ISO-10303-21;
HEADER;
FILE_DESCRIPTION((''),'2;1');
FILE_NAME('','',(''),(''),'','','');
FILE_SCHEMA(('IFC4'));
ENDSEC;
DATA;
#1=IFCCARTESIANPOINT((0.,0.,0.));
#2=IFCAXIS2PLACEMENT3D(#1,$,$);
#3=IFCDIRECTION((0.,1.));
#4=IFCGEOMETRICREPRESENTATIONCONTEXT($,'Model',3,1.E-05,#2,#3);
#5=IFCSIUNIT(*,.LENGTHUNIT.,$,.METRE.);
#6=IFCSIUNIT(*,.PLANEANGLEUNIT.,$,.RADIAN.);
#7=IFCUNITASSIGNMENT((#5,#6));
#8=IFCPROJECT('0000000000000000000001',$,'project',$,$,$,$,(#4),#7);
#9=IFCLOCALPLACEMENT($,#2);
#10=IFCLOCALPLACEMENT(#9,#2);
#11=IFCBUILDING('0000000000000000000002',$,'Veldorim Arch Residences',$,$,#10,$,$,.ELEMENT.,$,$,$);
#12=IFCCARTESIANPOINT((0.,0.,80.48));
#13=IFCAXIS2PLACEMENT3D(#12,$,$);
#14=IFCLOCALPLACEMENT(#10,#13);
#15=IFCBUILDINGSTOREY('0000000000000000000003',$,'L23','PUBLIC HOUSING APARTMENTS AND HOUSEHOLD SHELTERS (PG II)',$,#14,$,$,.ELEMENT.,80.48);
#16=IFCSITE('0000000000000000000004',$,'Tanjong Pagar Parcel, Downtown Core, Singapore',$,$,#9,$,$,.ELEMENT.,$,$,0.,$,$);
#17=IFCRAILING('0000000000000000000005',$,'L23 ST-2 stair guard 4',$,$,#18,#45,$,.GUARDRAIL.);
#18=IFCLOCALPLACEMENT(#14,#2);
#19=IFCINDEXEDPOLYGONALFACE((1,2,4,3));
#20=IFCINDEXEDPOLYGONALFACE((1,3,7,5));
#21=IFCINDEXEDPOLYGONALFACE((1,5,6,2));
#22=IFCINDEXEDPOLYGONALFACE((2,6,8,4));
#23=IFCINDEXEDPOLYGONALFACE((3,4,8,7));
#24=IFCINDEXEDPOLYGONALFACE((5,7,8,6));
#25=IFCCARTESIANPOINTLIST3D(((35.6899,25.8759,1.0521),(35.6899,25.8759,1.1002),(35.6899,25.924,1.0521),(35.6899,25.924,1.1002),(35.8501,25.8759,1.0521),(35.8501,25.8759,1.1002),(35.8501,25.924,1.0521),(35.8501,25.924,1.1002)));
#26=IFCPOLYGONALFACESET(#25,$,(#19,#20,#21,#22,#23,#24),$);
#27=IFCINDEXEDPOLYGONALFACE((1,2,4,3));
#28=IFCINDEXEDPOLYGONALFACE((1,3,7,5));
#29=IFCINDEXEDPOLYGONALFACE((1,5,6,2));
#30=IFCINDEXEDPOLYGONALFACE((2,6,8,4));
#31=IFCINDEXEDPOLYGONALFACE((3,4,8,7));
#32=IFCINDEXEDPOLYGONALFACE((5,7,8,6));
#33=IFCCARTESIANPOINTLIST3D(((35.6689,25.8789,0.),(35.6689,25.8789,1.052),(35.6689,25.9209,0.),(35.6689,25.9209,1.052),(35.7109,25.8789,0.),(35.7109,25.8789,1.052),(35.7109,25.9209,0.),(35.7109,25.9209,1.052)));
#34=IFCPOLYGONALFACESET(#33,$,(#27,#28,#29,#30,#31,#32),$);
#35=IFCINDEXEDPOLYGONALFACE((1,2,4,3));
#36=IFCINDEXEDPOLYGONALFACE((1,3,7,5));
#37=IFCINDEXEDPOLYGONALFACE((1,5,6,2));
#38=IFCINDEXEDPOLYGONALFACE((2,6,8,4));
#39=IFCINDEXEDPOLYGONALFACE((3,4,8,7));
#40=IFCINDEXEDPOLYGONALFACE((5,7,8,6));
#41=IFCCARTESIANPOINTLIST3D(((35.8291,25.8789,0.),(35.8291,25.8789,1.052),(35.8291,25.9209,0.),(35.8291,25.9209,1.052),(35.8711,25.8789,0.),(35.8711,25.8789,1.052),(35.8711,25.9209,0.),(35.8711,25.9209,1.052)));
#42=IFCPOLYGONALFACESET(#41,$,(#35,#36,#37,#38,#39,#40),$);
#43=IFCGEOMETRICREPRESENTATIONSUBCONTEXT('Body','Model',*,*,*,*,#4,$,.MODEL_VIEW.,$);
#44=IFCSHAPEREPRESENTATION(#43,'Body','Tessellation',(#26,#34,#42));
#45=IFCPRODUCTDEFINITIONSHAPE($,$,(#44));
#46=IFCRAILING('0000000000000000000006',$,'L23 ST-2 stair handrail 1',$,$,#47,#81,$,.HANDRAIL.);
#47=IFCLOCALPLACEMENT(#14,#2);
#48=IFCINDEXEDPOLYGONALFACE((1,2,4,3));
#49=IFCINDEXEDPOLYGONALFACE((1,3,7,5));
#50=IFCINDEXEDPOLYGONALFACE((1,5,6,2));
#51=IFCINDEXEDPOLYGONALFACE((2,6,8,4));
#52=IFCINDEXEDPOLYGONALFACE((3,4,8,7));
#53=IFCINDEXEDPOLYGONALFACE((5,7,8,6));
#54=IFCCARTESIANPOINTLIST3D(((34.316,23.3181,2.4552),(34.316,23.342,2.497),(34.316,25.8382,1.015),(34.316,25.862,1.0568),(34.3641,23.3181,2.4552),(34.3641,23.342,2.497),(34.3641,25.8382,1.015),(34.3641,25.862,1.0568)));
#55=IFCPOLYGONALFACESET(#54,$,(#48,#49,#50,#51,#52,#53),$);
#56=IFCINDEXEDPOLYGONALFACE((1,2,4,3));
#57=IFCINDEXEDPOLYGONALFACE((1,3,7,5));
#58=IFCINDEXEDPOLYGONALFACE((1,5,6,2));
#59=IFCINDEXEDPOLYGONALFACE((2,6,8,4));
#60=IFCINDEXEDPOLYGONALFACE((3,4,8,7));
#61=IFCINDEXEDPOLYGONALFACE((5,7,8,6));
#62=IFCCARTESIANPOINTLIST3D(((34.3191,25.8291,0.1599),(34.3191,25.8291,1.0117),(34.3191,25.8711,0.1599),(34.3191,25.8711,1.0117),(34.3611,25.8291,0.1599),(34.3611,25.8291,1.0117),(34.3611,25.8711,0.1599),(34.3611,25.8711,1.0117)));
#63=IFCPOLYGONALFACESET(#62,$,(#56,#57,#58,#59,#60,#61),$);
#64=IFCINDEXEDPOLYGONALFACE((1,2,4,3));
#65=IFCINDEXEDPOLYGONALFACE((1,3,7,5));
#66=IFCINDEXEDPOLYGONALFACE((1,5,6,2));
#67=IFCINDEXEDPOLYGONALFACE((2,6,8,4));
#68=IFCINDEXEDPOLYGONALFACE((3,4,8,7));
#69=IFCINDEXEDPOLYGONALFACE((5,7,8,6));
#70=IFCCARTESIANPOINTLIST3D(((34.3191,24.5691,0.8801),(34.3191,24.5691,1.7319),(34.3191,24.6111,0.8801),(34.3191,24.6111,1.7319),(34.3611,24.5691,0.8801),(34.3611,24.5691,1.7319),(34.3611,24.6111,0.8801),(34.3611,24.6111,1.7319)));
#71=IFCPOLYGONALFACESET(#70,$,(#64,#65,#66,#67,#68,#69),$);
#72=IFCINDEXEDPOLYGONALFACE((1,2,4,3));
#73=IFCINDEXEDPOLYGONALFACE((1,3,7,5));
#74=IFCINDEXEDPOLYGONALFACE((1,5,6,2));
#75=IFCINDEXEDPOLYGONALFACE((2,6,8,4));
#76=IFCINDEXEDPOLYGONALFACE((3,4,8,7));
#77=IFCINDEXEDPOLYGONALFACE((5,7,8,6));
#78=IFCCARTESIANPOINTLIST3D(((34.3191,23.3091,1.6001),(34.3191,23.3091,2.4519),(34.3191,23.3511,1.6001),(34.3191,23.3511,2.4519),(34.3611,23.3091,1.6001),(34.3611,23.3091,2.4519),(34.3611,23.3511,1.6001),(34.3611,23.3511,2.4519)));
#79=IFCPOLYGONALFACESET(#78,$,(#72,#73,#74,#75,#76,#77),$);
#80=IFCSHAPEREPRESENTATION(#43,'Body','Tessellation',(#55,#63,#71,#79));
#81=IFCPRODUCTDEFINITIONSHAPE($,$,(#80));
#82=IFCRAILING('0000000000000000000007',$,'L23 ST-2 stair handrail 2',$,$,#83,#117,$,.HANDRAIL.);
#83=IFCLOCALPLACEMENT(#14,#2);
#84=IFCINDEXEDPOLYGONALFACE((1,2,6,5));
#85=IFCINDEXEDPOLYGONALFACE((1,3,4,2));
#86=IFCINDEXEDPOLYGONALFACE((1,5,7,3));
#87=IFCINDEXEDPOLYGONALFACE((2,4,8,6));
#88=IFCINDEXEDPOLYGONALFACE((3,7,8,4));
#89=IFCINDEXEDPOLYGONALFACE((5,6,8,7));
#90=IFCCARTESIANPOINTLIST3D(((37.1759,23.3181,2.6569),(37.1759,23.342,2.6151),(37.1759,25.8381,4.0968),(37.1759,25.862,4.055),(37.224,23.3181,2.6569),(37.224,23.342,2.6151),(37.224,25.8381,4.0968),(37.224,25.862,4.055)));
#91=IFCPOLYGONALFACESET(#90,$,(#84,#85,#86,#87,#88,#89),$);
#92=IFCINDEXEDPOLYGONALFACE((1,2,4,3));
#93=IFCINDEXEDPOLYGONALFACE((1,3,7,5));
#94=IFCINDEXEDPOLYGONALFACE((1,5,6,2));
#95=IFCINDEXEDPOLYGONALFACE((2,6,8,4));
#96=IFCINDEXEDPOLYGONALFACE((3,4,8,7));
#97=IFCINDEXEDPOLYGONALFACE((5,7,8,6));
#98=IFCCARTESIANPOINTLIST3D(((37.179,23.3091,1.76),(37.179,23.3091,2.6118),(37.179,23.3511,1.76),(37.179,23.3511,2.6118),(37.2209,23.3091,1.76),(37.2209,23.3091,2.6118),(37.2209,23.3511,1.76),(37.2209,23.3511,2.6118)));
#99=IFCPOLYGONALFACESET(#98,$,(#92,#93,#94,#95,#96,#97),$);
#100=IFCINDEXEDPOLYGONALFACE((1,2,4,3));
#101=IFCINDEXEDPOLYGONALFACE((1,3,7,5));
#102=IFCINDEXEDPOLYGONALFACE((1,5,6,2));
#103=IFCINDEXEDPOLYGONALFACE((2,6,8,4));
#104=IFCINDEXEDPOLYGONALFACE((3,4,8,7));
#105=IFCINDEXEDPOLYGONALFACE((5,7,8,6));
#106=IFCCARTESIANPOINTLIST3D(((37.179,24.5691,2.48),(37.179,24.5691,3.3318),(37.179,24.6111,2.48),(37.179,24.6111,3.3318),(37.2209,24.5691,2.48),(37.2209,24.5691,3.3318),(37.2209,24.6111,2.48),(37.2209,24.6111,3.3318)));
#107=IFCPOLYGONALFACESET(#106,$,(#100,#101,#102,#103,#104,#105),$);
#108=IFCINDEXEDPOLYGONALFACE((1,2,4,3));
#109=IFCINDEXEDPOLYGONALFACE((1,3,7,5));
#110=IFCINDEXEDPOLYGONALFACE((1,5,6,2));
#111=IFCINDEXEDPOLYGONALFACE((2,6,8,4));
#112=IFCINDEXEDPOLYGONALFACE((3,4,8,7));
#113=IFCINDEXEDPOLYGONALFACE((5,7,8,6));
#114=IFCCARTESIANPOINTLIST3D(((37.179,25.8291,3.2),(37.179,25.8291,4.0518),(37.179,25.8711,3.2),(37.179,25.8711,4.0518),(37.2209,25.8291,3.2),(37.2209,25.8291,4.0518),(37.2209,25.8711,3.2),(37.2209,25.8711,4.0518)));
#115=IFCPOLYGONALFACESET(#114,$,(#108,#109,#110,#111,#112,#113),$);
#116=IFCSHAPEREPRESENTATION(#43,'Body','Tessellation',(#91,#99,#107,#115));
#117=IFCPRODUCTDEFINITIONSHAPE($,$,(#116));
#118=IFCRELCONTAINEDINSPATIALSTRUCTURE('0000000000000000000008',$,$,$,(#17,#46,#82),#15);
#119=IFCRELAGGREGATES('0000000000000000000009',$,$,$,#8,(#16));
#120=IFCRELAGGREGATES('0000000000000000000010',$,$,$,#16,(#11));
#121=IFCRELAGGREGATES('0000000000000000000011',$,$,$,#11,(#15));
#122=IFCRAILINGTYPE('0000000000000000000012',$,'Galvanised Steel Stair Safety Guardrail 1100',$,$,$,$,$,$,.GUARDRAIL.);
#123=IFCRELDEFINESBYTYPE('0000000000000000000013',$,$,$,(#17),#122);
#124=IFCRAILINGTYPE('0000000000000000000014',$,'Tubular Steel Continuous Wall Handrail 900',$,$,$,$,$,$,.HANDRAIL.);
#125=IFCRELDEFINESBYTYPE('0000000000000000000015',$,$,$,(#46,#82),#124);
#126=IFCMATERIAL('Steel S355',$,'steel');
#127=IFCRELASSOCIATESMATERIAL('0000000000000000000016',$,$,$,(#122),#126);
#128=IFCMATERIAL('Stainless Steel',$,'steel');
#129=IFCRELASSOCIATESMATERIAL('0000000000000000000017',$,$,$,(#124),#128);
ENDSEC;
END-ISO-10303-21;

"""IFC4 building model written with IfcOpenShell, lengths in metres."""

from ifc_helpers import new_model, si_unit, direction, frame, origin, origin_2d, place, context, subcontext, project, spatial, rectangle, extrude, material, type_object, element, save


model = new_model("IFC4")

# Units and contexts
model_context = context("Model", 3, precision=1e-05, world=origin(), true_north=direction((0.0, 1.0)))
body_context = subcontext(model_context, "Body", "Model", "MODEL_VIEW")
ifc_project = project(units=[si_unit("LENGTHUNIT", "METRE"), si_unit("PLANEANGLEUNIT", "RADIAN")], contexts=[model_context])

# Site, building, storey
site_placement = place(None, origin())
site = spatial("IfcSite", under=ifc_project, at=site_placement, Name="Tanjong Pagar Parcel, Downtown Core, Singapore", CompositionType="ELEMENT", RefElevation=0.0)
building_placement = place(site_placement, origin())
building = spatial("IfcBuilding", under=site, at=building_placement, Name="Veldorim Arch Residences", CompositionType="ELEMENT")
storey_placement = place(building_placement, frame((0.0, 0.0, 80.48)))
storey = spatial("IfcBuildingStorey", under=building, at=storey_placement, Name="L23", Description="PUBLIC HOUSING APARTMENTS AND HOUSEHOLD SHELTERS (PG II)", CompositionType="ELEMENT", Elevation=80.48)

# Railings
ifc_material_1 = material(Name="Steel S355", Category="steel")
railing_type_1 = type_object("IfcRailingType", Name="Galvanised Steel Stair Safety Guardrail 1100", PredefinedType="GUARDRAIL", material=ifc_material_1)
railing_1_placement = place(storey_placement, frame((35.6899, 25.8999, 0.0)))
element("IfcRailing", 1, at=railing_1_placement, inside=storey, type_object=railing_type_1, Name="L23 ST-2 stair guard 4", PredefinedType="GUARDRAIL", context=body_context, shape_type="SweptSolid", body=[
    extrude(rectangle(XDim=0.0481, YDim=0.0481, at=origin_2d()), frame((0.0, 0.0, 1.0762), z_axis=(1.0, 0.0, 0.0), x_axis=(0.0, 1.0, 0.0)), (0.0, 0.0, 1.0), 0.1602),
    extrude(rectangle(XDim=0.042, YDim=0.042, at=origin_2d()), origin(), (0.0, 0.0, 1.0), 1.052),
    extrude(rectangle(XDim=0.042, YDim=0.042, at=origin_2d()), frame((0.1602, 0.0, 0.0)), (0.0, 0.0, 1.0), 1.052),
])
ifc_material_2 = material(Name="Stainless Steel", Category="steel")
railing_type_2 = type_object("IfcRailingType", Name="Tubular Steel Continuous Wall Handrail 900", PredefinedType="HANDRAIL", material=ifc_material_2)
railing_2_placement = place(storey_placement, frame((34.3401, 25.8501, 0.1599)))
element("IfcRailing", 2, at=railing_2_placement, inside=storey, type_object=railing_type_2, Name="L23 ST-2 stair handrail 1", PredefinedType="HANDRAIL", context=body_context, shape_type="SweptSolid", body=[
    extrude(rectangle(XDim=0.0481, YDim=0.0481, at=origin_2d()), frame((0.0, 0.0, 0.876), z_axis=(0.0, -0.868217, 0.496184), x_axis=(1.0, 0.0, 0.0)), (0.0, 0.0, 1.0), 2.9026),
    extrude(rectangle(XDim=0.042, YDim=0.042, at=origin_2d()), origin(), (0.0, 0.0, 1.0), 0.8518),
    extrude(rectangle(XDim=0.042, YDim=0.042, at=origin_2d()), frame((0.0, -1.26, 0.7202)), (0.0, 0.0, 1.0), 0.8518),
    extrude(rectangle(XDim=0.042, YDim=0.042, at=origin_2d()), frame((0.0, -2.52, 1.4402)), (0.0, 0.0, 1.0), 0.8518),
])
railing_3_placement = place(storey_placement, frame((37.2, 23.3301, 1.76)))
element("IfcRailing", 3, at=railing_3_placement, inside=storey, type_object=railing_type_2, Name="L23 ST-2 stair handrail 2", PredefinedType="HANDRAIL", context=body_context, shape_type="SweptSolid", body=[
    extrude(rectangle(XDim=0.0481, YDim=0.0481, at=origin_2d()), frame((0.0, 0.0, 0.876), z_axis=(0.0, 0.868253, 0.496121), x_axis=(-1.0, 0.0, 0.0)), (0.0, 0.0, 1.0), 2.9023),
    extrude(rectangle(XDim=0.042, YDim=0.042, at=origin_2d()), origin(), (0.0, 0.0, 1.0), 0.8518),
    extrude(rectangle(XDim=0.042, YDim=0.042, at=origin_2d()), frame((0.0, 1.26, 0.72)), (0.0, 0.0, 1.0), 0.8518),
    extrude(rectangle(XDim=0.042, YDim=0.042, at=origin_2d()), frame((0.0, 2.52, 1.4399)), (0.0, 0.0, 1.0), 0.8518),
])

save(model, "model.ifc")
